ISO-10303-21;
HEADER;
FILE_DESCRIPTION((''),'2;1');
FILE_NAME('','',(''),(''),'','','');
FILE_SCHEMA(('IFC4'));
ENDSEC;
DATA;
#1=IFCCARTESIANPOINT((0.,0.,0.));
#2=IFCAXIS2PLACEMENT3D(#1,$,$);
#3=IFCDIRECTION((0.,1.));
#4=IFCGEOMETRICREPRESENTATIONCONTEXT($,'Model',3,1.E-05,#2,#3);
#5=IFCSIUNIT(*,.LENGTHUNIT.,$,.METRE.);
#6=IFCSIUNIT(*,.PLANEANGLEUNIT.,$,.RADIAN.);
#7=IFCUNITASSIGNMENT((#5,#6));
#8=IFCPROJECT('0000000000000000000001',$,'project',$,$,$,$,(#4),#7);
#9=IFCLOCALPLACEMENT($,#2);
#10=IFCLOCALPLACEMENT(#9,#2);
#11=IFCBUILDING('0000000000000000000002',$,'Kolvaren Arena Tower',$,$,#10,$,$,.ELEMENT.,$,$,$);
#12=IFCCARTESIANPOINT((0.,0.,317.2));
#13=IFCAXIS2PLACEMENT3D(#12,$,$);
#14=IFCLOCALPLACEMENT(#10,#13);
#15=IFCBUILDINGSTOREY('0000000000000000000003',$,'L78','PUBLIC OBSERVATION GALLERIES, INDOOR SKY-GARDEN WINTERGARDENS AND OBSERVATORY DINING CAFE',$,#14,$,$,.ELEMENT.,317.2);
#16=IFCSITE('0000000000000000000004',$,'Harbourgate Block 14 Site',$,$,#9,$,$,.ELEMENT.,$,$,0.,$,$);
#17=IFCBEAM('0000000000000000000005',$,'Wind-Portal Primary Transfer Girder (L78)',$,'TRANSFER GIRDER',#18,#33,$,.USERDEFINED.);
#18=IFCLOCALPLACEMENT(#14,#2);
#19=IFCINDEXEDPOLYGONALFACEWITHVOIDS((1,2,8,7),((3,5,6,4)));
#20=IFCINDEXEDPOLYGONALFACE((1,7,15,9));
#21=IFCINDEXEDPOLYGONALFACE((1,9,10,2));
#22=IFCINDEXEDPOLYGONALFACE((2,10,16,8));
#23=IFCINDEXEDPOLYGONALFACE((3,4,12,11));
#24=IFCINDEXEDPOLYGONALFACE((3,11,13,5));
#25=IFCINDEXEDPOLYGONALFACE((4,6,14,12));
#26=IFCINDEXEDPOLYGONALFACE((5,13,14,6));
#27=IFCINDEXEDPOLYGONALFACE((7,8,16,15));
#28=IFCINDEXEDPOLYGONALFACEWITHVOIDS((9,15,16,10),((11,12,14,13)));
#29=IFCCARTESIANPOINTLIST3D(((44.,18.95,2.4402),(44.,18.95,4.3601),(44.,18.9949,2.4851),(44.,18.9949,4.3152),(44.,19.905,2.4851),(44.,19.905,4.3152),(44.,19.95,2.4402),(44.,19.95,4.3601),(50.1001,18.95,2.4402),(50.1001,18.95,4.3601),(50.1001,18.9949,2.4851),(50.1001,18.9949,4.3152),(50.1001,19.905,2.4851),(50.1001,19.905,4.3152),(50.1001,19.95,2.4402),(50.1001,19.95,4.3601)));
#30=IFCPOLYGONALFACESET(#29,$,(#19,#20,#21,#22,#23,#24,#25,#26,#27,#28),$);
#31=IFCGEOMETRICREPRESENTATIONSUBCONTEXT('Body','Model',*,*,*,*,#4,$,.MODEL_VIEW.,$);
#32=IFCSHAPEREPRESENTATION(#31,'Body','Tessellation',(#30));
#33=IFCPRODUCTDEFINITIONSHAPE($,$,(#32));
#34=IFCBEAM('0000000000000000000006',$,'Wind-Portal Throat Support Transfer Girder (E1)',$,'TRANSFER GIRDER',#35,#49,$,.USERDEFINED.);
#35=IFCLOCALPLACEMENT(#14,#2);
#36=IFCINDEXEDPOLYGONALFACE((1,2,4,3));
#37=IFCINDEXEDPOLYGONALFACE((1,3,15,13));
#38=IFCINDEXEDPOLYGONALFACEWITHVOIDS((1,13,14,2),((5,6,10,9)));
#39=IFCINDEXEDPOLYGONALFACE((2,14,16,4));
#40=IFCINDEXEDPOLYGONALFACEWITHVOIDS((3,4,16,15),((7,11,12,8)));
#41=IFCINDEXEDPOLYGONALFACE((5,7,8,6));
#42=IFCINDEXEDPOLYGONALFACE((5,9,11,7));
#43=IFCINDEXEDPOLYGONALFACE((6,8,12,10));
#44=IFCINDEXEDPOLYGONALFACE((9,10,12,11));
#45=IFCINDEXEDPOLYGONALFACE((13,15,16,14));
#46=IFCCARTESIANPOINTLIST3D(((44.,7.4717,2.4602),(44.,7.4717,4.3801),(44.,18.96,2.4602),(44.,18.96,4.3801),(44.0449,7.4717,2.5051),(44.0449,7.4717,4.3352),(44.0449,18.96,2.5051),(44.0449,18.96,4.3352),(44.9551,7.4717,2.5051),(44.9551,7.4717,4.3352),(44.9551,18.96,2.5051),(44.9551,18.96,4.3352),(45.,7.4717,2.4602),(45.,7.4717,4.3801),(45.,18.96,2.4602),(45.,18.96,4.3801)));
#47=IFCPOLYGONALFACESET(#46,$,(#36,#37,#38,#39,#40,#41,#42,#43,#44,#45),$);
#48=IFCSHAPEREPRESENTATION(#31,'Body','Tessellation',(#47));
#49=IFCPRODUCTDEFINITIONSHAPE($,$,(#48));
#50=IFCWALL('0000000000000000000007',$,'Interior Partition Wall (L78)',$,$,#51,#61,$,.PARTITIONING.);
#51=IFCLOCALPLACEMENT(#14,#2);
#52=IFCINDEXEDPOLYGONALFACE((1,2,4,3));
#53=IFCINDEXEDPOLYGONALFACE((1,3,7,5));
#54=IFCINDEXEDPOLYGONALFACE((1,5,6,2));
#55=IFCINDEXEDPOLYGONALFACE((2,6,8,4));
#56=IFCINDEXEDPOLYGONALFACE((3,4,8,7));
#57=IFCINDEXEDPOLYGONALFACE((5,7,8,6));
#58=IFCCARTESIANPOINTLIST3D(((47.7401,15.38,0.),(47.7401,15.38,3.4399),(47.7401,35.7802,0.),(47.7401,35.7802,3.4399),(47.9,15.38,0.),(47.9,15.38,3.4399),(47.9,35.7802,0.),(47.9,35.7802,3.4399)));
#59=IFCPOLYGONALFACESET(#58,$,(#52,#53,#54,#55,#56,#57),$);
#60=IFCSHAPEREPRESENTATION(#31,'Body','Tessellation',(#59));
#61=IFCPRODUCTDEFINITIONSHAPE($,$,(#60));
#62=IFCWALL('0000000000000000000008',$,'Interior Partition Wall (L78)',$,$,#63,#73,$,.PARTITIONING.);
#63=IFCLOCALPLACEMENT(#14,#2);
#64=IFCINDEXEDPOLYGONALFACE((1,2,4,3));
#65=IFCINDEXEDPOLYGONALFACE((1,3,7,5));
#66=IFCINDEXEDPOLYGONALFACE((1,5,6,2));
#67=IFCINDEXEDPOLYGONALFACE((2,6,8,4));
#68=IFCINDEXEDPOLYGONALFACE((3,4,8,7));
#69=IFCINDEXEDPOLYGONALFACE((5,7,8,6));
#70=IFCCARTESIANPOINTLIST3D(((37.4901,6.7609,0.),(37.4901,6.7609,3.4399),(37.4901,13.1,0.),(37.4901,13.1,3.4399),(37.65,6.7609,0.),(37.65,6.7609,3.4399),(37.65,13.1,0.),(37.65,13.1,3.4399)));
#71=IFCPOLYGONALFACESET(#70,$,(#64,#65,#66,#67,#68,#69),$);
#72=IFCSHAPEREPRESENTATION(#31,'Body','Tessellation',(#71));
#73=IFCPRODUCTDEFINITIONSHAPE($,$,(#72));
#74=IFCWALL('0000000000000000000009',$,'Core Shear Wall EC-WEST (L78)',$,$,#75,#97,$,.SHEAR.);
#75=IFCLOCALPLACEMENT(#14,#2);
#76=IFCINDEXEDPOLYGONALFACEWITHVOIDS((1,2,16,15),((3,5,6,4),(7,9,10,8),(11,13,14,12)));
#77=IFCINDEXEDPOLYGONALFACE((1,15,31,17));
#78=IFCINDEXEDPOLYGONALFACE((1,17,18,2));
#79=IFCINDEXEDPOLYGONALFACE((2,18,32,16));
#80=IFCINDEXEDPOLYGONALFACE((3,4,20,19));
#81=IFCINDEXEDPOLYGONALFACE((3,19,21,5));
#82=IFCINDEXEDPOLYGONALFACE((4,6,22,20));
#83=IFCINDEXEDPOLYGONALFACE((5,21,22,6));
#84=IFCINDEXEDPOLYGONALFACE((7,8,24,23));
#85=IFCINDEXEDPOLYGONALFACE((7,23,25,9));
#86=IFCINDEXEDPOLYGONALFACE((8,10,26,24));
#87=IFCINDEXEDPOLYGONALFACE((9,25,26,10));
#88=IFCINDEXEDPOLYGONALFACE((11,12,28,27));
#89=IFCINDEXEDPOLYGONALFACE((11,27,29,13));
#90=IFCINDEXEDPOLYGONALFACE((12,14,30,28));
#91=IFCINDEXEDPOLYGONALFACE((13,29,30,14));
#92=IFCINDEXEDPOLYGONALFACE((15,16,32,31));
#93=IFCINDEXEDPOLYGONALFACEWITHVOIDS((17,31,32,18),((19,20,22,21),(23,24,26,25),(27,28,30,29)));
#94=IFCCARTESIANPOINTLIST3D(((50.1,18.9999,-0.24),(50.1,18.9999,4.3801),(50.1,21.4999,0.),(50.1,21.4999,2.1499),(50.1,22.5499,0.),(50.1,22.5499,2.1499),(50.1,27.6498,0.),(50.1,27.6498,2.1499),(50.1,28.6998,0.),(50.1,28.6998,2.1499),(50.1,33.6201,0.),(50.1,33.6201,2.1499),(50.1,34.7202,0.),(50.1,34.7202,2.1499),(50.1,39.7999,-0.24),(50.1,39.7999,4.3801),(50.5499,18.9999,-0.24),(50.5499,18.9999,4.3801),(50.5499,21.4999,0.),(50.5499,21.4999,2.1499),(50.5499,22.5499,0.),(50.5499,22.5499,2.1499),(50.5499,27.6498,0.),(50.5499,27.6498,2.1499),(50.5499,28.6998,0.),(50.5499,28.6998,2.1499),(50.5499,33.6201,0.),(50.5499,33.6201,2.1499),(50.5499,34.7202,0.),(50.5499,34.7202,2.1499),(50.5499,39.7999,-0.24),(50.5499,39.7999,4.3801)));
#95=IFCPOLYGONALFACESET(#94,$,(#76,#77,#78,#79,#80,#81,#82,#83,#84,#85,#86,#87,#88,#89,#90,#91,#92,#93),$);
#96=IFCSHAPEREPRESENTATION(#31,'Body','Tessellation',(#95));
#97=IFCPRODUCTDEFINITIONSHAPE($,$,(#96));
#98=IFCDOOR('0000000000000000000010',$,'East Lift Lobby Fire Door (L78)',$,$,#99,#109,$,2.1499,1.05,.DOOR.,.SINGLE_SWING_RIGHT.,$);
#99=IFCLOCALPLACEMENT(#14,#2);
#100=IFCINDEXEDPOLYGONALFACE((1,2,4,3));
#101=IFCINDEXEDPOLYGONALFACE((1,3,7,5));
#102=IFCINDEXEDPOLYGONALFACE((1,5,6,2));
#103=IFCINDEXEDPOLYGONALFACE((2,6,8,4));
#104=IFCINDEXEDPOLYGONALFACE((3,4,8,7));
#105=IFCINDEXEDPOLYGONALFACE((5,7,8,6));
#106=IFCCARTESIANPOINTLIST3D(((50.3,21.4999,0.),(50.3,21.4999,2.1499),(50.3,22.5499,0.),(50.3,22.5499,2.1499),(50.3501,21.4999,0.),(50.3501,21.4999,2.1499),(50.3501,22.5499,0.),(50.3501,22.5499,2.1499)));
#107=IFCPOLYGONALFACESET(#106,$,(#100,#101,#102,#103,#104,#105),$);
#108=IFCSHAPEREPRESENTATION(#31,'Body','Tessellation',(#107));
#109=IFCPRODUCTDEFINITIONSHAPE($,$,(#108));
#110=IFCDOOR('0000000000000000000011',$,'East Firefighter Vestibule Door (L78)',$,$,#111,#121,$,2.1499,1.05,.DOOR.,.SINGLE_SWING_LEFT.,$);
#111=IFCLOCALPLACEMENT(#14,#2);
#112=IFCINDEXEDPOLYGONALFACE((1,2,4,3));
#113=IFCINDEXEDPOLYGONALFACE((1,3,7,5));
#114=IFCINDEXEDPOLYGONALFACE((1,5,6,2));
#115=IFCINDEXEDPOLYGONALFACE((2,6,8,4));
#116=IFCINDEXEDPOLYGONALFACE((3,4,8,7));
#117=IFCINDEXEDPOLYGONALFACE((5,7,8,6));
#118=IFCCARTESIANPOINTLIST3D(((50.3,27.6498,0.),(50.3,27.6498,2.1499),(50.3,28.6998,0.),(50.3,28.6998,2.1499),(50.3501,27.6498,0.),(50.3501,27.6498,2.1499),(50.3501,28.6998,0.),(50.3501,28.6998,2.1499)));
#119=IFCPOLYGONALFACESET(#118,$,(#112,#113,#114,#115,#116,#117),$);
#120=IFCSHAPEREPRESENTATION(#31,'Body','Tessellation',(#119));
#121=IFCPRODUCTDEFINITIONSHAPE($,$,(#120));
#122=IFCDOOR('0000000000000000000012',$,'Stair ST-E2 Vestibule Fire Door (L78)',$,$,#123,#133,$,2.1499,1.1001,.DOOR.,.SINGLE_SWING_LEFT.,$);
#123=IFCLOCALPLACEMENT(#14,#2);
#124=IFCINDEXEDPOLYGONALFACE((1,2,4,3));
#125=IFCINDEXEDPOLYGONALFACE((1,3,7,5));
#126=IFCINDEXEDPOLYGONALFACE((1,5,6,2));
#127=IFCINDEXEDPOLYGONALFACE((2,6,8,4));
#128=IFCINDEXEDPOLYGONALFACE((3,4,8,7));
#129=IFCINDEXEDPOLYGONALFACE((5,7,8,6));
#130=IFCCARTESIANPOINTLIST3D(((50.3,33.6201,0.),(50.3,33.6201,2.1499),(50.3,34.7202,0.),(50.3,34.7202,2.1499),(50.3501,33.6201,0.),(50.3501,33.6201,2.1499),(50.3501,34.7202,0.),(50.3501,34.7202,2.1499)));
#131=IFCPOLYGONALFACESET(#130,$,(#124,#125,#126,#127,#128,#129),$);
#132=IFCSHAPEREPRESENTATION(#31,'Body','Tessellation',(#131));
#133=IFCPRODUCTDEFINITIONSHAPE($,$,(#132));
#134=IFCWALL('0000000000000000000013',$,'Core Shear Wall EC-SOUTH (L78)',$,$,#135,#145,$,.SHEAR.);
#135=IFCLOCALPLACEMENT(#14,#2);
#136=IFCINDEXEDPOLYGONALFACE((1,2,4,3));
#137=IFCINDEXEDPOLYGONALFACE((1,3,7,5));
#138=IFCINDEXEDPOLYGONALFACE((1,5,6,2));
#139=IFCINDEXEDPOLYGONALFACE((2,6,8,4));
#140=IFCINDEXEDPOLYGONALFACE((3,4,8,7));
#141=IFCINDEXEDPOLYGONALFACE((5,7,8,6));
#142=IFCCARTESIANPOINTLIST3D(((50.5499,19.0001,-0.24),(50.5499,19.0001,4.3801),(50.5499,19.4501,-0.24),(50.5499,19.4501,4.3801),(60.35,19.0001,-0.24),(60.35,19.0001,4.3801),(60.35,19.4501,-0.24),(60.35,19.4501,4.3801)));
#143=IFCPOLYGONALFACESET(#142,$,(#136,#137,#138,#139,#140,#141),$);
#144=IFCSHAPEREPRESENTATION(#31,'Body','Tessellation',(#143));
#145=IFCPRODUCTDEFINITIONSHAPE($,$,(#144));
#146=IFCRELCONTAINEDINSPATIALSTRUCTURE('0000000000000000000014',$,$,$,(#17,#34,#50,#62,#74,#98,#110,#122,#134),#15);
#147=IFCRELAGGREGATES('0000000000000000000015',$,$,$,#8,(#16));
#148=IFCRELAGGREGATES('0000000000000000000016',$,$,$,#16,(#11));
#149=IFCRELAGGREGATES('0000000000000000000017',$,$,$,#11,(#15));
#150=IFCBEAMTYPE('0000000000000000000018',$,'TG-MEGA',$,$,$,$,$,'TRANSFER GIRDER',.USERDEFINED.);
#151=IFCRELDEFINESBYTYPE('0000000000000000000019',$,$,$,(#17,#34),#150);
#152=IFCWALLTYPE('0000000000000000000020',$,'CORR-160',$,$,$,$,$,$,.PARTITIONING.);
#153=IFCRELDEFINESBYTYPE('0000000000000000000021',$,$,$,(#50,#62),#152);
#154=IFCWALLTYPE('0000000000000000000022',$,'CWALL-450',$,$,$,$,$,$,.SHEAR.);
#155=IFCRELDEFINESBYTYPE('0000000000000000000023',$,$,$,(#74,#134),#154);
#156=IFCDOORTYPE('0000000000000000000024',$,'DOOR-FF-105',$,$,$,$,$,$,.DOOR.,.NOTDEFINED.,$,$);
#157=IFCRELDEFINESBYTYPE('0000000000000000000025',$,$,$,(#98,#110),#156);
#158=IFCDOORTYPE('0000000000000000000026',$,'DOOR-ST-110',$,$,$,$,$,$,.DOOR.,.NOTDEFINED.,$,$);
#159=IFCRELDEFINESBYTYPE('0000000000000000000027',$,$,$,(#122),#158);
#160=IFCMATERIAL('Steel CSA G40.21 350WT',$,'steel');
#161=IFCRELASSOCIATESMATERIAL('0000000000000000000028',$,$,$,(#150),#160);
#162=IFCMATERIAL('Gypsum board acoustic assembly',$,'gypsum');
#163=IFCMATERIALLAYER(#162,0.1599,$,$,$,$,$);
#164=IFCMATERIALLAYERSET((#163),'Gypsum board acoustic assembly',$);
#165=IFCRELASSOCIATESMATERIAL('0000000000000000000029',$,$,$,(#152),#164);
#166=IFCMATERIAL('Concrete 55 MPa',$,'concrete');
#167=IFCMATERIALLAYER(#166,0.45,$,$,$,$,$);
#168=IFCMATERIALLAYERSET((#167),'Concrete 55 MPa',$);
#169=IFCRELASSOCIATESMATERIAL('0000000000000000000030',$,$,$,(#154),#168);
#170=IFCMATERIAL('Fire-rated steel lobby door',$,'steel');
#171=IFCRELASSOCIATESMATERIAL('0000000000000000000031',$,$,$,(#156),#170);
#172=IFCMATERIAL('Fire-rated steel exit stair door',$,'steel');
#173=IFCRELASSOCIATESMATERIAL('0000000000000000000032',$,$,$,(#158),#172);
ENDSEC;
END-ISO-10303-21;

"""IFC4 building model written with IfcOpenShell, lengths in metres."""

from ifc_helpers import new_model, si_unit, direction, frame, frame_2d, origin, origin_2d, place, context, subcontext, project, spatial, rectangle, hollow_rectangle, extrude, material, layer, layer_set, material_profile, profile_set, type_object, element, fill, save


model = new_model("IFC4")

# Units and contexts
model_context = context("Model", 3, precision=1e-05, world=origin(), true_north=direction((0.0, 1.0)))
body_context = subcontext(model_context, "Body", "Model", "MODEL_VIEW")
ifc_project = project(units=[si_unit("LENGTHUNIT", "METRE"), si_unit("PLANEANGLEUNIT", "RADIAN")], contexts=[model_context])

# Site, building, storey
site_placement = place(None, origin())
site = spatial("IfcSite", under=ifc_project, at=site_placement, Name="Harbourgate Block 14 Site", CompositionType="ELEMENT", RefElevation=0.0)
building_placement = place(site_placement, origin())
building = spatial("IfcBuilding", under=site, at=building_placement, Name="Kolvaren Arena Tower", CompositionType="ELEMENT")
storey_placement = place(building_placement, frame((0.0, 0.0, 317.2)))
storey = spatial("IfcBuildingStorey", under=building, at=storey_placement, Name="L78", Description="PUBLIC OBSERVATION GALLERIES, INDOOR SKY-GARDEN WINTERGARDENS AND OBSERVATORY DINING CAFE", CompositionType="ELEMENT", Elevation=317.2)

# Beams
ifc_material_1 = material(Name="Steel CSA G40.21 350WT", Category="steel")
ifc_material_profile_1 = material_profile(ifc_material_1, hollow_rectangle(XDim=1.0, YDim=1.9199, WallThickness=0.0449, at=origin_2d()), Name="BOX 1000x1920x45")
ifc_profile_set_1 = profile_set([ifc_material_profile_1], Name="Steel CSA G40.21 350WT")
beam_type_1 = type_object("IfcBeamType", Name="TG-MEGA", ElementType="TRANSFER GIRDER", PredefinedType="USERDEFINED", material=ifc_profile_set_1)
beam_1_placement = place(storey_placement, frame((44.0, 19.45, 3.4001), z_axis=(1.0, 0.0, 0.0), x_axis=(0.0, 1.0, 0.0)))
element("IfcBeam", 1, at=beam_1_placement, inside=storey, type_object=beam_type_1, Name="Wind-Portal Primary Transfer Girder (L78)", ObjectType="TRANSFER GIRDER", PredefinedType="USERDEFINED", context=body_context, shape_type="SweptSolid", body=[
    extrude(hollow_rectangle(XDim=1.0, YDim=1.9199, WallThickness=0.0449, at=origin_2d()), origin(), (0.0, 0.0, 1.0), 6.1001),
])
beam_2_placement = place(storey_placement, frame((44.5, 7.4717, 3.4202), z_axis=(0.0, 1.0, 0.0), x_axis=(-1.0, 0.0, 0.0)))
element("IfcBeam", 2, at=beam_2_placement, inside=storey, type_object=beam_type_1, Name="Wind-Portal Throat Support Transfer Girder (E1)", ObjectType="TRANSFER GIRDER", PredefinedType="USERDEFINED", context=body_context, shape_type="SweptSolid", body=[
    extrude(hollow_rectangle(XDim=1.0, YDim=1.9199, WallThickness=0.0449, at=origin_2d()), origin(), (0.0, 0.0, 1.0), 11.4883),
])

# Walls
ifc_material_2 = material(Name="Gypsum board acoustic assembly", Category="gypsum")
ifc_layer_1 = layer(ifc_material_2, 0.1599)
ifc_layer_set_1 = layer_set([ifc_layer_1], Name="Gypsum board acoustic assembly")
wall_type_1 = type_object("IfcWallType", Name="CORR-160", PredefinedType="PARTITIONING", material=ifc_layer_set_1)
wall_1_placement = place(storey_placement, frame((47.8201, 15.3799, 0.0), z_axis=(0.0, 0.0, 1.0), x_axis=(0.0, 1.0, 0.0)))
element("IfcWall", 3, at=wall_1_placement, inside=storey, type_object=wall_type_1, Name="Interior Partition Wall (L78)", PredefinedType="PARTITIONING", context=body_context, shape_type="SweptSolid", body=[
    extrude(rectangle(XDim=20.4001, YDim=0.1599, at=frame_2d((10.2002, 0.0))), origin(), (0.0, 0.0, 1.0), 3.4399),
])
wall_2_placement = place(storey_placement, frame((37.5701, 6.761, 0.0), z_axis=(0.0, 0.0, 1.0), x_axis=(0.0, 1.0, 0.0)))
element("IfcWall", 4, at=wall_2_placement, inside=storey, type_object=wall_type_1, Name="Interior Partition Wall (L78)", PredefinedType="PARTITIONING", context=body_context, shape_type="SweptSolid", body=[
    extrude(rectangle(XDim=6.3391, YDim=0.1599, at=frame_2d((3.1694, 0.0))), origin(), (0.0, 0.0, 1.0), 3.4399),
])

# Wall, openings, doors
ifc_material_3 = material(Name="Concrete 55 MPa", Category="concrete")
ifc_layer_2 = layer(ifc_material_3, 0.45)
ifc_layer_set_2 = layer_set([ifc_layer_2], Name="Concrete 55 MPa")
wall_type_2 = type_object("IfcWallType", Name="CWALL-450", PredefinedType="SHEAR", material=ifc_layer_set_2)
wall_3_placement = place(storey_placement, frame((50.325, 19.0, -0.24), z_axis=(0.0, 0.0, 1.0), x_axis=(0.0, 1.0, 0.0)))
wall_3 = element("IfcWall", 5, at=wall_3_placement, inside=storey, type_object=wall_type_2, Name="Core Shear Wall EC-WEST (L78)", PredefinedType="SHEAR", context=body_context, shape_type="SweptSolid", body=[
    extrude(rectangle(XDim=20.8, YDim=0.45, at=frame_2d((10.3999, 0.0))), origin(), (0.0, 0.0, 1.0), 4.6201),
])
opening_1_placement = place(wall_3_placement, frame((2.5, 0.0, 0.24)))
opening_1 = element("IfcOpeningElement", 6, at=opening_1_placement, cuts=wall_3, PredefinedType="OPENING", context=body_context, shape_type="SweptSolid", body=[
    extrude(rectangle(XDim=1.05, YDim=2.1499, at=frame_2d((0.5249, 1.075))), frame((0.0, 0.2349, 0.0), z_axis=(0.0, -1.0, 0.0), x_axis=(1.0, 0.0, 0.0)), (0.0, 0.0, 1.0), 0.47),
])
opening_2_placement = place(wall_3_placement, frame((8.6499, 0.0, 0.24)))
opening_2 = element("IfcOpeningElement", 7, at=opening_2_placement, cuts=wall_3, PredefinedType="OPENING", context=body_context, shape_type="SweptSolid", body=[
    extrude(rectangle(XDim=1.05, YDim=2.1499, at=frame_2d((0.5249, 1.075))), frame((0.0, 0.2349, 0.0), z_axis=(0.0, -1.0, 0.0), x_axis=(1.0, 0.0, 0.0)), (0.0, 0.0, 1.0), 0.47),
])
opening_3_placement = place(wall_3_placement, frame((14.6201, 0.0, 0.24)))
opening_3 = element("IfcOpeningElement", 8, at=opening_3_placement, cuts=wall_3, PredefinedType="OPENING", context=body_context, shape_type="SweptSolid", body=[
    extrude(rectangle(XDim=1.1001, YDim=2.1499, at=frame_2d((0.55, 1.075))), frame((0.0, 0.2349, 0.0), z_axis=(0.0, -1.0, 0.0), x_axis=(1.0, 0.0, 0.0)), (0.0, 0.0, 1.0), 0.47),
])
ifc_material_4 = material(Name="Fire-rated steel lobby door", Category="steel")
door_type_1 = type_object("IfcDoorType", Name="DOOR-FF-105", OperationType="NOTDEFINED", PredefinedType="DOOR", material=ifc_material_4)
door_1_placement = place(opening_1_placement, origin())
door_1 = element("IfcDoor", 9, at=door_1_placement, inside=storey, type_object=door_type_1, Name="East Lift Lobby Fire Door (L78)", OperationType="SINGLE_SWING_RIGHT", OverallHeight=2.1499, OverallWidth=1.05, PredefinedType="DOOR", context=body_context, shape_type="SweptSolid", body=[
    extrude(rectangle(XDim=1.05, YDim=2.1499, at=frame_2d((0.5249, 1.075))), frame((0.0, 0.0249, 0.0), z_axis=(0.0, -1.0, 0.0), x_axis=(1.0, 0.0, 0.0)), (0.0, 0.0, 1.0), 0.05),
])
fill(opening_1, door_1)
door_2_placement = place(opening_2_placement, origin())
door_2 = element("IfcDoor", 10, at=door_2_placement, inside=storey, type_object=door_type_1, Name="East Firefighter Vestibule Door (L78)", OperationType="SINGLE_SWING_LEFT", OverallHeight=2.1499, OverallWidth=1.05, PredefinedType="DOOR", context=body_context, shape_type="SweptSolid", body=[
    extrude(rectangle(XDim=1.05, YDim=2.1499, at=frame_2d((0.5249, 1.075))), frame((0.0, 0.0249, 0.0), z_axis=(0.0, -1.0, 0.0), x_axis=(1.0, 0.0, 0.0)), (0.0, 0.0, 1.0), 0.05),
])
fill(opening_2, door_2)
ifc_material_5 = material(Name="Fire-rated steel exit stair door", Category="steel")
door_type_2 = type_object("IfcDoorType", Name="DOOR-ST-110", OperationType="NOTDEFINED", PredefinedType="DOOR", material=ifc_material_5)
door_3_placement = place(opening_3_placement, origin())
door_3 = element("IfcDoor", 11, at=door_3_placement, inside=storey, type_object=door_type_2, Name="Stair ST-E2 Vestibule Fire Door (L78)", OperationType="SINGLE_SWING_LEFT", OverallHeight=2.1499, OverallWidth=1.1001, PredefinedType="DOOR", context=body_context, shape_type="SweptSolid", body=[
    extrude(rectangle(XDim=1.1001, YDim=2.1499, at=frame_2d((0.55, 1.075))), frame((0.0, 0.0249, 0.0), z_axis=(0.0, -1.0, 0.0), x_axis=(1.0, 0.0, 0.0)), (0.0, 0.0, 1.0), 0.05),
])
fill(opening_3, door_3)

# Wall
wall_4_placement = place(storey_placement, frame((50.55, 19.2251, -0.24), z_axis=(0.0, 0.0, 1.0), x_axis=(1.0, 0.0, 0.0)))
element("IfcWall", 12, at=wall_4_placement, inside=storey, type_object=wall_type_2, Name="Core Shear Wall EC-SOUTH (L78)", PredefinedType="SHEAR", context=body_context, shape_type="SweptSolid", body=[
    extrude(rectangle(XDim=9.8, YDim=0.45, at=frame_2d((4.8999, 0.0))), origin(), (0.0, 0.0, 1.0), 4.6201),
])

save(model, "model.ifc")
